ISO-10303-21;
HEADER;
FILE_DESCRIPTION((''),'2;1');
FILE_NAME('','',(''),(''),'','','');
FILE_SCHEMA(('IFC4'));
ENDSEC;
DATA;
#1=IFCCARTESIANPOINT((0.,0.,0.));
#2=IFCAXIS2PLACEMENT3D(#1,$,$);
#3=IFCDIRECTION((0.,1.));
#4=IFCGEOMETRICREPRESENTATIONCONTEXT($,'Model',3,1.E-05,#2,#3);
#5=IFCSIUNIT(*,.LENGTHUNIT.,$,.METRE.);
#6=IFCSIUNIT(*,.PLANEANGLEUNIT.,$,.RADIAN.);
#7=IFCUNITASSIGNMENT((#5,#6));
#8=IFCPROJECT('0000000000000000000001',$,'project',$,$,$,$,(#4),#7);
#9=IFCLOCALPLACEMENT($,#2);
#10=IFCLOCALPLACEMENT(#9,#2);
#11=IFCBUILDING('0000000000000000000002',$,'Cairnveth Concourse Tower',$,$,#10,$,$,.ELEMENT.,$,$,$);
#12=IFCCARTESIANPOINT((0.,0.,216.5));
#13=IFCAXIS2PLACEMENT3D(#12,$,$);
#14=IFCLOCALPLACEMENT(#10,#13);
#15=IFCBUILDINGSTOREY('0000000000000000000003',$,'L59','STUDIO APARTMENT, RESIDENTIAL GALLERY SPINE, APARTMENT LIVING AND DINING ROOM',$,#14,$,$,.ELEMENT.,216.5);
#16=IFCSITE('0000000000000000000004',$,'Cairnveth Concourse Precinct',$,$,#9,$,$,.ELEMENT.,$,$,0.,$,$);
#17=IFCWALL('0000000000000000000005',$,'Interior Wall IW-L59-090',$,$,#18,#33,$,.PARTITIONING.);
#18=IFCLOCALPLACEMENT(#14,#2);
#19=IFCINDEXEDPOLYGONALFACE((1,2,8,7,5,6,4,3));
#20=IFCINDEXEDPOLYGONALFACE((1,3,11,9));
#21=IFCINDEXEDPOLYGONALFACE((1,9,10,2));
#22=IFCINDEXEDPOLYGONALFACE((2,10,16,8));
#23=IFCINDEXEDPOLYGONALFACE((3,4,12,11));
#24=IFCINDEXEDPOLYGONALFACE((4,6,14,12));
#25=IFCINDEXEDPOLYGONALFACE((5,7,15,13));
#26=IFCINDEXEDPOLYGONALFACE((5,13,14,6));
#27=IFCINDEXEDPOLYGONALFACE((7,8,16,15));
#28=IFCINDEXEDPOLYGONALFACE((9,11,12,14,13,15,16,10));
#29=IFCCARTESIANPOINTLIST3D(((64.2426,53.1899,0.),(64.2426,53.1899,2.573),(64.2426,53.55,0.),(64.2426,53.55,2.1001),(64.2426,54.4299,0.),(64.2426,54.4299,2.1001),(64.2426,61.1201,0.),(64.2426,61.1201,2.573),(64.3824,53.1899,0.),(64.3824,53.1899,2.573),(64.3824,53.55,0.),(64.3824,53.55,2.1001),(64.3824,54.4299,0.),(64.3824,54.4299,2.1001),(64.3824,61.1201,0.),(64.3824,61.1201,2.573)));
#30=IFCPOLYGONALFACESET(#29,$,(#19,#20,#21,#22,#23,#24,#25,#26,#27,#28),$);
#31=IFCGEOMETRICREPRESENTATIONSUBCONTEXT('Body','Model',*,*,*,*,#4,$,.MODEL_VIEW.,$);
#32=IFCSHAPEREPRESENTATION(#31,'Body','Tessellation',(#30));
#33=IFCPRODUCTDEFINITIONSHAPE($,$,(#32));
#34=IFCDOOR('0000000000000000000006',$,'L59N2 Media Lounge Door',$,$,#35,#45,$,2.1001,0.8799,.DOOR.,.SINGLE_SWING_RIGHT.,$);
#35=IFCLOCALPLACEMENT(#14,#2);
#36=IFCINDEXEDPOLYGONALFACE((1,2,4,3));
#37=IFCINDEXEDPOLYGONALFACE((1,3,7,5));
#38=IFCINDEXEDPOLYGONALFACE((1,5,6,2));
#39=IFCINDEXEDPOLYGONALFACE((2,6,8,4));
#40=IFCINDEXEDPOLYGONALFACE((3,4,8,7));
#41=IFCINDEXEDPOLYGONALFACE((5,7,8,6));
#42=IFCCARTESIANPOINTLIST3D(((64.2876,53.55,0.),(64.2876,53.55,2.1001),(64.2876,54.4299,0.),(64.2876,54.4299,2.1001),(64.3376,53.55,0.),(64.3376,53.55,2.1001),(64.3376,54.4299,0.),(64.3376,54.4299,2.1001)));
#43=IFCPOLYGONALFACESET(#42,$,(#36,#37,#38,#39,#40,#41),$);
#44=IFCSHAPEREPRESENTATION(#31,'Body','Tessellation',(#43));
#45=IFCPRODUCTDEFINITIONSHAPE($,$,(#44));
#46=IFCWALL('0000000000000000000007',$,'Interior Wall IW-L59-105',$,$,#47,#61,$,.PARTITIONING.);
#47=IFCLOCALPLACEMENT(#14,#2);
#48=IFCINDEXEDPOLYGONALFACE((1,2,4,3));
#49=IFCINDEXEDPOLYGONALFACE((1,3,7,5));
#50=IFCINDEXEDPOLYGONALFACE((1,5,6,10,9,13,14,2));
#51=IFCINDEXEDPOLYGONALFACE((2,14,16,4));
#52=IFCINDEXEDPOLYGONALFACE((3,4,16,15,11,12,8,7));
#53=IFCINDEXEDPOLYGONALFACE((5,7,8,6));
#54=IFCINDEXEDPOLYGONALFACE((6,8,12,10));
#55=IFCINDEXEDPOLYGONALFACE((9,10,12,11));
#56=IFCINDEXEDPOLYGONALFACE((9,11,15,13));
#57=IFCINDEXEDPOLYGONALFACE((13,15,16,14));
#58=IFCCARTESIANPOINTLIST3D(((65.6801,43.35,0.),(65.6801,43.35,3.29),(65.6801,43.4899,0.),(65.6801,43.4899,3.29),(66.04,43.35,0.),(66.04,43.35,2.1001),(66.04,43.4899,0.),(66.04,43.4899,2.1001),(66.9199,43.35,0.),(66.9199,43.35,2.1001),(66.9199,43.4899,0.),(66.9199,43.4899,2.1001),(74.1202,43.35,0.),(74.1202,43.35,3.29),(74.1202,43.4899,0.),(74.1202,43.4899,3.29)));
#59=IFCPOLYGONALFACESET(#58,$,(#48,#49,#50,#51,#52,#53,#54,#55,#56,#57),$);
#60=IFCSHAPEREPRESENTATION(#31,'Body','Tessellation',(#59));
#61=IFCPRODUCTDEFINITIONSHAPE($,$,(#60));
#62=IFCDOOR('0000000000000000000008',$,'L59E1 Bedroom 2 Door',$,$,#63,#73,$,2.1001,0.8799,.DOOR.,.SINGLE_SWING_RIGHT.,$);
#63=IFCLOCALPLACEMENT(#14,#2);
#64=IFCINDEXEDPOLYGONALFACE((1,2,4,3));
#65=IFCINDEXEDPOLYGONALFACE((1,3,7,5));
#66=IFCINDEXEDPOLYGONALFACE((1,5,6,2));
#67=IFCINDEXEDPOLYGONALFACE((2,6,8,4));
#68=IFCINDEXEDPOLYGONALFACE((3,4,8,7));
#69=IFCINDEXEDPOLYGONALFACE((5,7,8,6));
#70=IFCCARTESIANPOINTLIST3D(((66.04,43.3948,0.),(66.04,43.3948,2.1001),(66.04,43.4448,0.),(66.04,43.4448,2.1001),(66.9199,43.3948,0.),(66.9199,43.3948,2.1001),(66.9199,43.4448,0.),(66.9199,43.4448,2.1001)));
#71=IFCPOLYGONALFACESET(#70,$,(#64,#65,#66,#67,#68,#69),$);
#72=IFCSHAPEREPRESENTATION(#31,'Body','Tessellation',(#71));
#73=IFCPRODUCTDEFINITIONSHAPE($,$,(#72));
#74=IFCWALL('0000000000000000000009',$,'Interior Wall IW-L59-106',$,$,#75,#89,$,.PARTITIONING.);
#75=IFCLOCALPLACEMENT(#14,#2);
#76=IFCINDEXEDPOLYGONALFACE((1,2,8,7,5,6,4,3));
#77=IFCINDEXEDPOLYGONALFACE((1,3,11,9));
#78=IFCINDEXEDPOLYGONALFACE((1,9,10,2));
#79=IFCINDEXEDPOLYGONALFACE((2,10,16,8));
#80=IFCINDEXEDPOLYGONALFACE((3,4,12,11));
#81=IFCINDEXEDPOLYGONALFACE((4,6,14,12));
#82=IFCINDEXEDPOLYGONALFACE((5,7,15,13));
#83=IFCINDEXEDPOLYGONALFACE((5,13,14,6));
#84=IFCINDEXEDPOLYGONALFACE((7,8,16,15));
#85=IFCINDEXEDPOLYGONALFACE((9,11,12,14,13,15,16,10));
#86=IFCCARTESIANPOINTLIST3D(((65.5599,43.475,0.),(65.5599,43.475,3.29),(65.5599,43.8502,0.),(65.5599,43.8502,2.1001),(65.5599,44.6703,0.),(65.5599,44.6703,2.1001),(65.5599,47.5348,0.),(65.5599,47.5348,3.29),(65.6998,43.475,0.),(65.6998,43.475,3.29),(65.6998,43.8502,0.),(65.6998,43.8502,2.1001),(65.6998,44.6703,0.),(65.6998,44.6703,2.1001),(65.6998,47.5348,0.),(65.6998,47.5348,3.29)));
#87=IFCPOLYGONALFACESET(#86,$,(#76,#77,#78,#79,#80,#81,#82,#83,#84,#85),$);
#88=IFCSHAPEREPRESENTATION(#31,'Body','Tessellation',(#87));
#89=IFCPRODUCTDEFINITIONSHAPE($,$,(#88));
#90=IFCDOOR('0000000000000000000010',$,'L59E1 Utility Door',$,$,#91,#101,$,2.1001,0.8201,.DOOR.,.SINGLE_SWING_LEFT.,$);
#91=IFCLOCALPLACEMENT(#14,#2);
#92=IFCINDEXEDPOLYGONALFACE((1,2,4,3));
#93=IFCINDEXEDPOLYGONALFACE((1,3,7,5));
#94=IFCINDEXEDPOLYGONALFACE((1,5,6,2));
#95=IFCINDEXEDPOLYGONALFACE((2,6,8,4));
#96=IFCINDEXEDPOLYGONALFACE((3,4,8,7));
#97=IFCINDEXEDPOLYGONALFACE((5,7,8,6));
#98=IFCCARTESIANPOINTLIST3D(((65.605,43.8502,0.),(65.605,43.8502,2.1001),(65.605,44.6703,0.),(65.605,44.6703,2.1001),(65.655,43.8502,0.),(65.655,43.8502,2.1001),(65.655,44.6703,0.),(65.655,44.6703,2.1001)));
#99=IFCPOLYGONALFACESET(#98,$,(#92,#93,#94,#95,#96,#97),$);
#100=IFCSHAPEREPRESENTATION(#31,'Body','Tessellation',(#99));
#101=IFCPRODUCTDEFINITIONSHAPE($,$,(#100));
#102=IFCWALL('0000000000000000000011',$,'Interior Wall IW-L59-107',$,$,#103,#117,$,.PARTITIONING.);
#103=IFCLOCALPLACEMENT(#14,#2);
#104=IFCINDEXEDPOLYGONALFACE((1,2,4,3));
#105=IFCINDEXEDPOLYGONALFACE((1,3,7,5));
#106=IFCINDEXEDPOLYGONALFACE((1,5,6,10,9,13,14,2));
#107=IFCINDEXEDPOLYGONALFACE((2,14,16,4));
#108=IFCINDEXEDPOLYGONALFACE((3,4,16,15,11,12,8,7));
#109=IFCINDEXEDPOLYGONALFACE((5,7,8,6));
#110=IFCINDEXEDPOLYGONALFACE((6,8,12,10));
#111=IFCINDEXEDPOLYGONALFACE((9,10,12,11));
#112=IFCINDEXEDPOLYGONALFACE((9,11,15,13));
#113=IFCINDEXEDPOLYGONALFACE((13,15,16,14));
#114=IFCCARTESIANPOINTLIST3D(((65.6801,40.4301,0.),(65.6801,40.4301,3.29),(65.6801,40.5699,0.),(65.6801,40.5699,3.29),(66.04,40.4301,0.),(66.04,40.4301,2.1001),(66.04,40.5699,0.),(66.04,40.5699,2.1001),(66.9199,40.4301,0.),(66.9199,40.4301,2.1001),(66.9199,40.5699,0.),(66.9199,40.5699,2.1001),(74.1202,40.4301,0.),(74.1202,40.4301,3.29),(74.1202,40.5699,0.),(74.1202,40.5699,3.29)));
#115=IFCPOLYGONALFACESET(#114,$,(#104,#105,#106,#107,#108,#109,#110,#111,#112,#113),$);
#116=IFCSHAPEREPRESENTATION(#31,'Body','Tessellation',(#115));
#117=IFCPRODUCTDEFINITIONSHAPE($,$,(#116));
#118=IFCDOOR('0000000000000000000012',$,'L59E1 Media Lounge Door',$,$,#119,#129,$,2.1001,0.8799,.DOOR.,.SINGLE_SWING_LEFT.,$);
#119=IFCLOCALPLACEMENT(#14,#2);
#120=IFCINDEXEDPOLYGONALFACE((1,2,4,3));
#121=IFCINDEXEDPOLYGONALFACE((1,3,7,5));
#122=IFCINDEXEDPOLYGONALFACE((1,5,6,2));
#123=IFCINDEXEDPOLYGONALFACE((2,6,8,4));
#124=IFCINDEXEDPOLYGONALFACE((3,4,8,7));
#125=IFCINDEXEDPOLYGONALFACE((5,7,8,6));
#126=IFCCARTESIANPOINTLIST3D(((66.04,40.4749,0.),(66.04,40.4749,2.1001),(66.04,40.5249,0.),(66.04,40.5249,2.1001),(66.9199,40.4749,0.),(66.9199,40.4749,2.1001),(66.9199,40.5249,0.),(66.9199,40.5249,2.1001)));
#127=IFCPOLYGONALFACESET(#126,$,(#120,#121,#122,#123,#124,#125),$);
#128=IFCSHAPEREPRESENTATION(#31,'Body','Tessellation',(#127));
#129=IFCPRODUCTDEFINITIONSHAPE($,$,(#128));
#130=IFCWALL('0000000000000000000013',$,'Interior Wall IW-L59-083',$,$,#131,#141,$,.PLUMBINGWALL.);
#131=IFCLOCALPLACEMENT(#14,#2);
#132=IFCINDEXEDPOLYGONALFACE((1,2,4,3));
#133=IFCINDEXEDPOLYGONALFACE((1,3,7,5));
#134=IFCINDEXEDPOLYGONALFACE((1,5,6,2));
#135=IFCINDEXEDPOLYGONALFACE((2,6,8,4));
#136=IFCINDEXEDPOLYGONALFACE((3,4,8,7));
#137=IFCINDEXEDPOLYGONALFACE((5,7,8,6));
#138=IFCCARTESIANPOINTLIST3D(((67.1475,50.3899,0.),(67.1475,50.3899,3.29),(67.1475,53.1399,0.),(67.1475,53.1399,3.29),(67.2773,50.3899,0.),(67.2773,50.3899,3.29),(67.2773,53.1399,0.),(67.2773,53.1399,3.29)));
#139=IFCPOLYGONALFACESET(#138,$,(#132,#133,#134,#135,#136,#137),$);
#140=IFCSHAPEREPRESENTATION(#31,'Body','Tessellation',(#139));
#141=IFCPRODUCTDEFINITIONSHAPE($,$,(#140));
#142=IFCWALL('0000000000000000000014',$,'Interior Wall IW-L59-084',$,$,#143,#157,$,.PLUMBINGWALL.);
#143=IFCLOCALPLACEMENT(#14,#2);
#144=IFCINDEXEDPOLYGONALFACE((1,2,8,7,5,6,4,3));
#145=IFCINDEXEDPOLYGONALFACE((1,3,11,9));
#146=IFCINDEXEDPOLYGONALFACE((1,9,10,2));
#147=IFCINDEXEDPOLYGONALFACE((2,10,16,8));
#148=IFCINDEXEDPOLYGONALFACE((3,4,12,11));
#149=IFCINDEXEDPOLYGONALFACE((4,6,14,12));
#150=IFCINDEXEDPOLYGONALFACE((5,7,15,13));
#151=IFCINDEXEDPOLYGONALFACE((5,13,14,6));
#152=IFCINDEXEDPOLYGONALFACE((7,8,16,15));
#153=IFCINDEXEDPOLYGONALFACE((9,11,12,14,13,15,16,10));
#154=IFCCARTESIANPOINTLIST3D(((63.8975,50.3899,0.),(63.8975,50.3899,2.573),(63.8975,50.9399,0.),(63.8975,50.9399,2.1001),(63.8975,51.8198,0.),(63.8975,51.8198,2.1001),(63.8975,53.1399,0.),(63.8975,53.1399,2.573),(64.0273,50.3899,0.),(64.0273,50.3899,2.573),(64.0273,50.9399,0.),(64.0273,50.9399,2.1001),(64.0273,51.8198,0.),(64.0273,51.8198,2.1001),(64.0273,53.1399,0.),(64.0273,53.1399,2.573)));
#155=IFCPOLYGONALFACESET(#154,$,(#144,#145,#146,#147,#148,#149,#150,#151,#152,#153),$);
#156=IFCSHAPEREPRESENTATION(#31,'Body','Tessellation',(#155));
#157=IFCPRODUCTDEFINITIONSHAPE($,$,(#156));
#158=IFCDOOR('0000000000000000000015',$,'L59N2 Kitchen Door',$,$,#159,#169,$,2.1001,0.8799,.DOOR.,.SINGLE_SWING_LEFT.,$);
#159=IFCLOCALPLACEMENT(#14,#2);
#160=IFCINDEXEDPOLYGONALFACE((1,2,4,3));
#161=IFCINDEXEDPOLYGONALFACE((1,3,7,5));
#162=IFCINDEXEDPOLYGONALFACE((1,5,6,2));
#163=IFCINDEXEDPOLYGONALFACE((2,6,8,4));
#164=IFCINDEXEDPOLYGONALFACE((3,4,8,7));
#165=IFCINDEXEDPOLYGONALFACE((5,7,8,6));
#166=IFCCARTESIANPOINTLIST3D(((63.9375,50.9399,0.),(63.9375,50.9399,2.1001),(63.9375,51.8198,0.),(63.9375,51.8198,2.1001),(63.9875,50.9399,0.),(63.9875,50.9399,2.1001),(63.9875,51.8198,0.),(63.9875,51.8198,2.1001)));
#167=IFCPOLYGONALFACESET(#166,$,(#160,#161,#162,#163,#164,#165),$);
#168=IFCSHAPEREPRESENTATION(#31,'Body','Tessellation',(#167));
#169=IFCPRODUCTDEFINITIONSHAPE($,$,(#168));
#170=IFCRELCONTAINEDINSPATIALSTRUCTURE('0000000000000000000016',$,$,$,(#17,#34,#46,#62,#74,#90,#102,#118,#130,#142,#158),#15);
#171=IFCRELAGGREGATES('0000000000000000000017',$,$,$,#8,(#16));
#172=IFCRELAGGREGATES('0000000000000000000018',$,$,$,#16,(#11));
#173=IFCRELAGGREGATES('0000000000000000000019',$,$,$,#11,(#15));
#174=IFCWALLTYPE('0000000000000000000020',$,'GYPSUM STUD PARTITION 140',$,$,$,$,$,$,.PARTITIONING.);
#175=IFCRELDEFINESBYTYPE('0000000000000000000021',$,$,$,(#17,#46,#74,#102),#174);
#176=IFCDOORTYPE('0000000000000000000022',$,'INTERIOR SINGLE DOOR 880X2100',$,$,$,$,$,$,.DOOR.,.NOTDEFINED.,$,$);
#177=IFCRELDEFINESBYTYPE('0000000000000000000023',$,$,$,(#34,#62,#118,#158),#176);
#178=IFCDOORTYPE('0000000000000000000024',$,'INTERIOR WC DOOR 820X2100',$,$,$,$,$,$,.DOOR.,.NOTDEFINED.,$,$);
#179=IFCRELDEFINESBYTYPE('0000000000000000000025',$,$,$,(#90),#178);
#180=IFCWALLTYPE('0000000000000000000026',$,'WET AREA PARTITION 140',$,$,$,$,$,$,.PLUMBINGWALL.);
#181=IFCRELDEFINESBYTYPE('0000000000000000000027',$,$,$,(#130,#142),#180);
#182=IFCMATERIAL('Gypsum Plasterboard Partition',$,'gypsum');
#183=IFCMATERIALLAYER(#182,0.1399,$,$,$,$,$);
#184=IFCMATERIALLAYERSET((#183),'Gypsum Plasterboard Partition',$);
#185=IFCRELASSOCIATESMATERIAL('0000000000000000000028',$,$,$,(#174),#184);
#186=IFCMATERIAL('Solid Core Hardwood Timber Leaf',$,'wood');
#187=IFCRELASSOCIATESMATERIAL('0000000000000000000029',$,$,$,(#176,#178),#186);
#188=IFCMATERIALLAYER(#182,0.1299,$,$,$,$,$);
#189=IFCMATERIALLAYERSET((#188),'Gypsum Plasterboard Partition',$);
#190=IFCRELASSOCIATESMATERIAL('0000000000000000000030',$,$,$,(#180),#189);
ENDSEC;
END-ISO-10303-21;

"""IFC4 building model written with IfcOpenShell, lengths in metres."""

from ifc_helpers import new_model, si_unit, direction, frame, frame_2d, origin, place, context, subcontext, project, spatial, rectangle, extrude, material, layer, layer_set, type_object, element, fill, save


model = new_model("IFC4")

# Units and contexts
model_context = context("Model", 3, precision=1e-05, world=origin(), true_north=direction((0.0, 1.0)))
body_context = subcontext(model_context, "Body", "Model", "MODEL_VIEW")
ifc_project = project(units=[si_unit("LENGTHUNIT", "METRE"), si_unit("PLANEANGLEUNIT", "RADIAN")], contexts=[model_context])

# Site, building, storey
site_placement = place(None, origin())
site = spatial("IfcSite", under=ifc_project, at=site_placement, Name="Cairnveth Concourse Precinct", CompositionType="ELEMENT", RefElevation=0.0)
building_placement = place(site_placement, origin())
building = spatial("IfcBuilding", under=site, at=building_placement, Name="Cairnveth Concourse Tower", CompositionType="ELEMENT")
storey_placement = place(building_placement, frame((0.0, 0.0, 216.5)))
storey = spatial("IfcBuildingStorey", under=building, at=storey_placement, Name="L59", Description="STUDIO APARTMENT, RESIDENTIAL GALLERY SPINE, APARTMENT LIVING AND DINING ROOM", CompositionType="ELEMENT", Elevation=216.5)

# Shared definitions
ifc_material_1 = material(Name="Gypsum Plasterboard Partition", Category="gypsum")

# Walls, openings, doors
ifc_layer_1 = layer(ifc_material_1, 0.1399)
ifc_layer_set_1 = layer_set([ifc_layer_1], Name="Gypsum Plasterboard Partition")
wall_type_1 = type_object("IfcWallType", Name="GYPSUM STUD PARTITION 140", PredefinedType="PARTITIONING", material=ifc_layer_set_1)
ifc_material_2 = material(Name="Solid Core Hardwood Timber Leaf", Category="wood")
door_type_1 = type_object("IfcDoorType", Name="INTERIOR SINGLE DOOR 880X2100", OperationType="NOTDEFINED", PredefinedType="DOOR", material=ifc_material_2)
door_type_2 = type_object("IfcDoorType", Name="INTERIOR WC DOOR 820X2100", OperationType="NOTDEFINED", PredefinedType="DOOR", material=ifc_material_2)
wall_1_placement = place(storey_placement, frame((64.3125, 53.1899, 0.0), z_axis=(0.0, 0.0, 1.0), x_axis=(0.0, 1.0, 0.0)))
wall_1 = element("IfcWall", 1, at=wall_1_placement, inside=storey, type_object=wall_type_1, Name="Interior Wall IW-L59-090", PredefinedType="PARTITIONING", context=body_context, shape_type="SweptSolid", body=[
    extrude(rectangle(XDim=7.9302, YDim=0.1399, at=frame_2d((3.9651, 0.0))), origin(), (0.0, 0.0, 1.0), 2.573),
])
opening_1_placement = place(wall_1_placement, frame((0.3601, 0.0, 0.0)))
opening_1 = element("IfcOpeningElement", 2, at=opening_1_placement, cuts=wall_1, PredefinedType="OPENING", context=body_context, shape_type="SweptSolid", body=[
    extrude(rectangle(XDim=0.8799, YDim=2.1001, at=frame_2d((0.4399, 1.05))), frame((0.0, 0.0798, 0.0), z_axis=(0.0, -1.0, 0.0), x_axis=(1.0, 0.0, 0.0)), (0.0, 0.0, 1.0), 0.1599),
])
door_1_placement = place(opening_1_placement, origin())
door_1 = element("IfcDoor", 3, at=door_1_placement, inside=storey, type_object=door_type_1, Name="L59N2 Media Lounge Door", OperationType="SINGLE_SWING_RIGHT", OverallHeight=2.1001, OverallWidth=0.8799, PredefinedType="DOOR", context=body_context, shape_type="SweptSolid", body=[
    extrude(rectangle(XDim=0.8799, YDim=2.1001, at=frame_2d((0.4399, 1.05))), frame((0.0, 0.0249, 0.0), z_axis=(0.0, -1.0, 0.0), x_axis=(1.0, 0.0, 0.0)), (0.0, 0.0, 1.0), 0.05),
])
fill(opening_1, door_1)
wall_2_placement = place(storey_placement, frame((65.6799, 43.4199, 0.0), z_axis=(0.0, 0.0, 1.0), x_axis=(1.0, 0.0, 0.0)))
wall_2 = element("IfcWall", 4, at=wall_2_placement, inside=storey, type_object=wall_type_1, Name="Interior Wall IW-L59-105", PredefinedType="PARTITIONING", context=body_context, shape_type="SweptSolid", body=[
    extrude(rectangle(XDim=8.4402, YDim=0.1399, at=frame_2d((4.2202, 0.0))), origin(), (0.0, 0.0, 1.0), 3.29),
])
opening_2_placement = place(wall_2_placement, frame((0.3601, 0.0, 0.0)))
opening_2 = element("IfcOpeningElement", 5, at=opening_2_placement, cuts=wall_2, PredefinedType="OPENING", context=body_context, shape_type="SweptSolid", body=[
    extrude(rectangle(XDim=0.8799, YDim=2.1001, at=frame_2d((0.4399, 1.05))), frame((0.0, 0.0798, 0.0), z_axis=(0.0, -1.0, 0.0), x_axis=(1.0, 0.0, 0.0)), (0.0, 0.0, 1.0), 0.1599),
])
door_2_placement = place(opening_2_placement, origin())
door_2 = element("IfcDoor", 6, at=door_2_placement, inside=storey, type_object=door_type_1, Name="L59E1 Bedroom 2 Door", OperationType="SINGLE_SWING_RIGHT", OverallHeight=2.1001, OverallWidth=0.8799, PredefinedType="DOOR", context=body_context, shape_type="SweptSolid", body=[
    extrude(rectangle(XDim=0.8799, YDim=2.1001, at=frame_2d((0.4399, 1.05))), frame((0.0, 0.0249, 0.0), z_axis=(0.0, -1.0, 0.0), x_axis=(1.0, 0.0, 0.0)), (0.0, 0.0, 1.0), 0.05),
])
fill(opening_2, door_2)
wall_3_placement = place(storey_placement, frame((65.6299, 43.4751, 0.0), z_axis=(0.0, 0.0, 1.0), x_axis=(0.0, 1.0, 0.0)))
wall_3 = element("IfcWall", 7, at=wall_3_placement, inside=storey, type_object=wall_type_1, Name="Interior Wall IW-L59-106", PredefinedType="PARTITIONING", context=body_context, shape_type="SweptSolid", body=[
    extrude(rectangle(XDim=4.0598, YDim=0.1399, at=frame_2d((2.0298, 0.0))), origin(), (0.0, 0.0, 1.0), 3.29),
])
opening_3_placement = place(wall_3_placement, frame((0.375, 0.0, 0.0)))
opening_3 = element("IfcOpeningElement", 8, at=opening_3_placement, cuts=wall_3, PredefinedType="OPENING", context=body_context, shape_type="SweptSolid", body=[
    extrude(rectangle(XDim=0.8201, YDim=2.1001, at=frame_2d((0.4102, 1.05))), frame((0.0, 0.0798, 0.0), z_axis=(0.0, -1.0, 0.0), x_axis=(1.0, 0.0, 0.0)), (0.0, 0.0, 1.0), 0.1599),
])
door_3_placement = place(opening_3_placement, origin())
door_3 = element("IfcDoor", 9, at=door_3_placement, inside=storey, type_object=door_type_2, Name="L59E1 Utility Door", OperationType="SINGLE_SWING_LEFT", OverallHeight=2.1001, OverallWidth=0.8201, PredefinedType="DOOR", context=body_context, shape_type="SweptSolid", body=[
    extrude(rectangle(XDim=0.8201, YDim=2.1001, at=frame_2d((0.4102, 1.05))), frame((0.0, 0.0249, 0.0), z_axis=(0.0, -1.0, 0.0), x_axis=(1.0, 0.0, 0.0)), (0.0, 0.0, 1.0), 0.05),
])
fill(opening_3, door_3)
wall_4_placement = place(storey_placement, frame((65.6799, 40.5, 0.0), z_axis=(0.0, 0.0, 1.0), x_axis=(1.0, 0.0, 0.0)))
wall_4 = element("IfcWall", 10, at=wall_4_placement, inside=storey, type_object=wall_type_1, Name="Interior Wall IW-L59-107", PredefinedType="PARTITIONING", context=body_context, shape_type="SweptSolid", body=[
    extrude(rectangle(XDim=8.4402, YDim=0.1399, at=frame_2d((4.2202, 0.0))), origin(), (0.0, 0.0, 1.0), 3.29),
])
opening_4_placement = place(wall_4_placement, frame((0.3601, 0.0, 0.0)))
opening_4 = element("IfcOpeningElement", 11, at=opening_4_placement, cuts=wall_4, PredefinedType="OPENING", context=body_context, shape_type="SweptSolid", body=[
    extrude(rectangle(XDim=0.8799, YDim=2.1001, at=frame_2d((0.4399, 1.05))), frame((0.0, 0.0798, 0.0), z_axis=(0.0, -1.0, 0.0), x_axis=(1.0, 0.0, 0.0)), (0.0, 0.0, 1.0), 0.1599),
])
door_4_placement = place(opening_4_placement, origin())
door_4 = element("IfcDoor", 12, at=door_4_placement, inside=storey, type_object=door_type_1, Name="L59E1 Media Lounge Door", OperationType="SINGLE_SWING_LEFT", OverallHeight=2.1001, OverallWidth=0.8799, PredefinedType="DOOR", context=body_context, shape_type="SweptSolid", body=[
    extrude(rectangle(XDim=0.8799, YDim=2.1001, at=frame_2d((0.4399, 1.05))), frame((0.0, 0.0249, 0.0), z_axis=(0.0, -1.0, 0.0), x_axis=(1.0, 0.0, 0.0)), (0.0, 0.0, 1.0), 0.05),
])
fill(opening_4, door_4)

# Wall
ifc_layer_2 = layer(ifc_material_1, 0.1299)
ifc_layer_set_2 = layer_set([ifc_layer_2], Name="Gypsum Plasterboard Partition")
wall_type_2 = type_object("IfcWallType", Name="WET AREA PARTITION 140", PredefinedType="PLUMBINGWALL", material=ifc_layer_set_2)
wall_5_placement = place(storey_placement, frame((67.2124, 50.3899, 0.0), z_axis=(0.0, 0.0, 1.0), x_axis=(0.0, 1.0, 0.0)))
element("IfcWall", 13, at=wall_5_placement, inside=storey, type_object=wall_type_2, Name="Interior Wall IW-L59-083", PredefinedType="PLUMBINGWALL", context=body_context, shape_type="SweptSolid", body=[
    extrude(rectangle(XDim=2.75, YDim=0.1299, at=frame_2d((1.375, 0.0))), origin(), (0.0, 0.0, 1.0), 3.29),
])

# Wall, opening, door
wall_6_placement = place(storey_placement, frame((63.9624, 50.3899, 0.0), z_axis=(0.0, 0.0, 1.0), x_axis=(0.0, 1.0, 0.0)))
wall_6 = element("IfcWall", 14, at=wall_6_placement, inside=storey, type_object=wall_type_2, Name="Interior Wall IW-L59-084", PredefinedType="PLUMBINGWALL", context=body_context, shape_type="SweptSolid", body=[
    extrude(rectangle(XDim=2.75, YDim=0.1299, at=frame_2d((1.375, 0.0))), origin(), (0.0, 0.0, 1.0), 2.573),
])
opening_5_placement = place(wall_6_placement, frame((0.55, 0.0, 0.0)))
opening_5 = element("IfcOpeningElement", 15, at=opening_5_placement, cuts=wall_6, PredefinedType="OPENING", context=body_context, shape_type="SweptSolid", body=[
    extrude(rectangle(XDim=0.8799, YDim=2.1001, at=frame_2d((0.4399, 1.05))), frame((0.0, 0.075, 0.0), z_axis=(0.0, -1.0, 0.0), x_axis=(1.0, 0.0, 0.0)), (0.0, 0.0, 1.0), 0.1499),
])
door_5_placement = place(opening_5_placement, origin())
door_5 = element("IfcDoor", 16, at=door_5_placement, inside=storey, type_object=door_type_1, Name="L59N2 Kitchen Door", OperationType="SINGLE_SWING_LEFT", OverallHeight=2.1001, OverallWidth=0.8799, PredefinedType="DOOR", context=body_context, shape_type="SweptSolid", body=[
    extrude(rectangle(XDim=0.8799, YDim=2.1001, at=frame_2d((0.4399, 1.05))), frame((0.0, 0.0249, 0.0), z_axis=(0.0, -1.0, 0.0), x_axis=(1.0, 0.0, 0.0)), (0.0, 0.0, 1.0), 0.05),
])
fill(opening_5, door_5)

save(model, "model.ifc")
